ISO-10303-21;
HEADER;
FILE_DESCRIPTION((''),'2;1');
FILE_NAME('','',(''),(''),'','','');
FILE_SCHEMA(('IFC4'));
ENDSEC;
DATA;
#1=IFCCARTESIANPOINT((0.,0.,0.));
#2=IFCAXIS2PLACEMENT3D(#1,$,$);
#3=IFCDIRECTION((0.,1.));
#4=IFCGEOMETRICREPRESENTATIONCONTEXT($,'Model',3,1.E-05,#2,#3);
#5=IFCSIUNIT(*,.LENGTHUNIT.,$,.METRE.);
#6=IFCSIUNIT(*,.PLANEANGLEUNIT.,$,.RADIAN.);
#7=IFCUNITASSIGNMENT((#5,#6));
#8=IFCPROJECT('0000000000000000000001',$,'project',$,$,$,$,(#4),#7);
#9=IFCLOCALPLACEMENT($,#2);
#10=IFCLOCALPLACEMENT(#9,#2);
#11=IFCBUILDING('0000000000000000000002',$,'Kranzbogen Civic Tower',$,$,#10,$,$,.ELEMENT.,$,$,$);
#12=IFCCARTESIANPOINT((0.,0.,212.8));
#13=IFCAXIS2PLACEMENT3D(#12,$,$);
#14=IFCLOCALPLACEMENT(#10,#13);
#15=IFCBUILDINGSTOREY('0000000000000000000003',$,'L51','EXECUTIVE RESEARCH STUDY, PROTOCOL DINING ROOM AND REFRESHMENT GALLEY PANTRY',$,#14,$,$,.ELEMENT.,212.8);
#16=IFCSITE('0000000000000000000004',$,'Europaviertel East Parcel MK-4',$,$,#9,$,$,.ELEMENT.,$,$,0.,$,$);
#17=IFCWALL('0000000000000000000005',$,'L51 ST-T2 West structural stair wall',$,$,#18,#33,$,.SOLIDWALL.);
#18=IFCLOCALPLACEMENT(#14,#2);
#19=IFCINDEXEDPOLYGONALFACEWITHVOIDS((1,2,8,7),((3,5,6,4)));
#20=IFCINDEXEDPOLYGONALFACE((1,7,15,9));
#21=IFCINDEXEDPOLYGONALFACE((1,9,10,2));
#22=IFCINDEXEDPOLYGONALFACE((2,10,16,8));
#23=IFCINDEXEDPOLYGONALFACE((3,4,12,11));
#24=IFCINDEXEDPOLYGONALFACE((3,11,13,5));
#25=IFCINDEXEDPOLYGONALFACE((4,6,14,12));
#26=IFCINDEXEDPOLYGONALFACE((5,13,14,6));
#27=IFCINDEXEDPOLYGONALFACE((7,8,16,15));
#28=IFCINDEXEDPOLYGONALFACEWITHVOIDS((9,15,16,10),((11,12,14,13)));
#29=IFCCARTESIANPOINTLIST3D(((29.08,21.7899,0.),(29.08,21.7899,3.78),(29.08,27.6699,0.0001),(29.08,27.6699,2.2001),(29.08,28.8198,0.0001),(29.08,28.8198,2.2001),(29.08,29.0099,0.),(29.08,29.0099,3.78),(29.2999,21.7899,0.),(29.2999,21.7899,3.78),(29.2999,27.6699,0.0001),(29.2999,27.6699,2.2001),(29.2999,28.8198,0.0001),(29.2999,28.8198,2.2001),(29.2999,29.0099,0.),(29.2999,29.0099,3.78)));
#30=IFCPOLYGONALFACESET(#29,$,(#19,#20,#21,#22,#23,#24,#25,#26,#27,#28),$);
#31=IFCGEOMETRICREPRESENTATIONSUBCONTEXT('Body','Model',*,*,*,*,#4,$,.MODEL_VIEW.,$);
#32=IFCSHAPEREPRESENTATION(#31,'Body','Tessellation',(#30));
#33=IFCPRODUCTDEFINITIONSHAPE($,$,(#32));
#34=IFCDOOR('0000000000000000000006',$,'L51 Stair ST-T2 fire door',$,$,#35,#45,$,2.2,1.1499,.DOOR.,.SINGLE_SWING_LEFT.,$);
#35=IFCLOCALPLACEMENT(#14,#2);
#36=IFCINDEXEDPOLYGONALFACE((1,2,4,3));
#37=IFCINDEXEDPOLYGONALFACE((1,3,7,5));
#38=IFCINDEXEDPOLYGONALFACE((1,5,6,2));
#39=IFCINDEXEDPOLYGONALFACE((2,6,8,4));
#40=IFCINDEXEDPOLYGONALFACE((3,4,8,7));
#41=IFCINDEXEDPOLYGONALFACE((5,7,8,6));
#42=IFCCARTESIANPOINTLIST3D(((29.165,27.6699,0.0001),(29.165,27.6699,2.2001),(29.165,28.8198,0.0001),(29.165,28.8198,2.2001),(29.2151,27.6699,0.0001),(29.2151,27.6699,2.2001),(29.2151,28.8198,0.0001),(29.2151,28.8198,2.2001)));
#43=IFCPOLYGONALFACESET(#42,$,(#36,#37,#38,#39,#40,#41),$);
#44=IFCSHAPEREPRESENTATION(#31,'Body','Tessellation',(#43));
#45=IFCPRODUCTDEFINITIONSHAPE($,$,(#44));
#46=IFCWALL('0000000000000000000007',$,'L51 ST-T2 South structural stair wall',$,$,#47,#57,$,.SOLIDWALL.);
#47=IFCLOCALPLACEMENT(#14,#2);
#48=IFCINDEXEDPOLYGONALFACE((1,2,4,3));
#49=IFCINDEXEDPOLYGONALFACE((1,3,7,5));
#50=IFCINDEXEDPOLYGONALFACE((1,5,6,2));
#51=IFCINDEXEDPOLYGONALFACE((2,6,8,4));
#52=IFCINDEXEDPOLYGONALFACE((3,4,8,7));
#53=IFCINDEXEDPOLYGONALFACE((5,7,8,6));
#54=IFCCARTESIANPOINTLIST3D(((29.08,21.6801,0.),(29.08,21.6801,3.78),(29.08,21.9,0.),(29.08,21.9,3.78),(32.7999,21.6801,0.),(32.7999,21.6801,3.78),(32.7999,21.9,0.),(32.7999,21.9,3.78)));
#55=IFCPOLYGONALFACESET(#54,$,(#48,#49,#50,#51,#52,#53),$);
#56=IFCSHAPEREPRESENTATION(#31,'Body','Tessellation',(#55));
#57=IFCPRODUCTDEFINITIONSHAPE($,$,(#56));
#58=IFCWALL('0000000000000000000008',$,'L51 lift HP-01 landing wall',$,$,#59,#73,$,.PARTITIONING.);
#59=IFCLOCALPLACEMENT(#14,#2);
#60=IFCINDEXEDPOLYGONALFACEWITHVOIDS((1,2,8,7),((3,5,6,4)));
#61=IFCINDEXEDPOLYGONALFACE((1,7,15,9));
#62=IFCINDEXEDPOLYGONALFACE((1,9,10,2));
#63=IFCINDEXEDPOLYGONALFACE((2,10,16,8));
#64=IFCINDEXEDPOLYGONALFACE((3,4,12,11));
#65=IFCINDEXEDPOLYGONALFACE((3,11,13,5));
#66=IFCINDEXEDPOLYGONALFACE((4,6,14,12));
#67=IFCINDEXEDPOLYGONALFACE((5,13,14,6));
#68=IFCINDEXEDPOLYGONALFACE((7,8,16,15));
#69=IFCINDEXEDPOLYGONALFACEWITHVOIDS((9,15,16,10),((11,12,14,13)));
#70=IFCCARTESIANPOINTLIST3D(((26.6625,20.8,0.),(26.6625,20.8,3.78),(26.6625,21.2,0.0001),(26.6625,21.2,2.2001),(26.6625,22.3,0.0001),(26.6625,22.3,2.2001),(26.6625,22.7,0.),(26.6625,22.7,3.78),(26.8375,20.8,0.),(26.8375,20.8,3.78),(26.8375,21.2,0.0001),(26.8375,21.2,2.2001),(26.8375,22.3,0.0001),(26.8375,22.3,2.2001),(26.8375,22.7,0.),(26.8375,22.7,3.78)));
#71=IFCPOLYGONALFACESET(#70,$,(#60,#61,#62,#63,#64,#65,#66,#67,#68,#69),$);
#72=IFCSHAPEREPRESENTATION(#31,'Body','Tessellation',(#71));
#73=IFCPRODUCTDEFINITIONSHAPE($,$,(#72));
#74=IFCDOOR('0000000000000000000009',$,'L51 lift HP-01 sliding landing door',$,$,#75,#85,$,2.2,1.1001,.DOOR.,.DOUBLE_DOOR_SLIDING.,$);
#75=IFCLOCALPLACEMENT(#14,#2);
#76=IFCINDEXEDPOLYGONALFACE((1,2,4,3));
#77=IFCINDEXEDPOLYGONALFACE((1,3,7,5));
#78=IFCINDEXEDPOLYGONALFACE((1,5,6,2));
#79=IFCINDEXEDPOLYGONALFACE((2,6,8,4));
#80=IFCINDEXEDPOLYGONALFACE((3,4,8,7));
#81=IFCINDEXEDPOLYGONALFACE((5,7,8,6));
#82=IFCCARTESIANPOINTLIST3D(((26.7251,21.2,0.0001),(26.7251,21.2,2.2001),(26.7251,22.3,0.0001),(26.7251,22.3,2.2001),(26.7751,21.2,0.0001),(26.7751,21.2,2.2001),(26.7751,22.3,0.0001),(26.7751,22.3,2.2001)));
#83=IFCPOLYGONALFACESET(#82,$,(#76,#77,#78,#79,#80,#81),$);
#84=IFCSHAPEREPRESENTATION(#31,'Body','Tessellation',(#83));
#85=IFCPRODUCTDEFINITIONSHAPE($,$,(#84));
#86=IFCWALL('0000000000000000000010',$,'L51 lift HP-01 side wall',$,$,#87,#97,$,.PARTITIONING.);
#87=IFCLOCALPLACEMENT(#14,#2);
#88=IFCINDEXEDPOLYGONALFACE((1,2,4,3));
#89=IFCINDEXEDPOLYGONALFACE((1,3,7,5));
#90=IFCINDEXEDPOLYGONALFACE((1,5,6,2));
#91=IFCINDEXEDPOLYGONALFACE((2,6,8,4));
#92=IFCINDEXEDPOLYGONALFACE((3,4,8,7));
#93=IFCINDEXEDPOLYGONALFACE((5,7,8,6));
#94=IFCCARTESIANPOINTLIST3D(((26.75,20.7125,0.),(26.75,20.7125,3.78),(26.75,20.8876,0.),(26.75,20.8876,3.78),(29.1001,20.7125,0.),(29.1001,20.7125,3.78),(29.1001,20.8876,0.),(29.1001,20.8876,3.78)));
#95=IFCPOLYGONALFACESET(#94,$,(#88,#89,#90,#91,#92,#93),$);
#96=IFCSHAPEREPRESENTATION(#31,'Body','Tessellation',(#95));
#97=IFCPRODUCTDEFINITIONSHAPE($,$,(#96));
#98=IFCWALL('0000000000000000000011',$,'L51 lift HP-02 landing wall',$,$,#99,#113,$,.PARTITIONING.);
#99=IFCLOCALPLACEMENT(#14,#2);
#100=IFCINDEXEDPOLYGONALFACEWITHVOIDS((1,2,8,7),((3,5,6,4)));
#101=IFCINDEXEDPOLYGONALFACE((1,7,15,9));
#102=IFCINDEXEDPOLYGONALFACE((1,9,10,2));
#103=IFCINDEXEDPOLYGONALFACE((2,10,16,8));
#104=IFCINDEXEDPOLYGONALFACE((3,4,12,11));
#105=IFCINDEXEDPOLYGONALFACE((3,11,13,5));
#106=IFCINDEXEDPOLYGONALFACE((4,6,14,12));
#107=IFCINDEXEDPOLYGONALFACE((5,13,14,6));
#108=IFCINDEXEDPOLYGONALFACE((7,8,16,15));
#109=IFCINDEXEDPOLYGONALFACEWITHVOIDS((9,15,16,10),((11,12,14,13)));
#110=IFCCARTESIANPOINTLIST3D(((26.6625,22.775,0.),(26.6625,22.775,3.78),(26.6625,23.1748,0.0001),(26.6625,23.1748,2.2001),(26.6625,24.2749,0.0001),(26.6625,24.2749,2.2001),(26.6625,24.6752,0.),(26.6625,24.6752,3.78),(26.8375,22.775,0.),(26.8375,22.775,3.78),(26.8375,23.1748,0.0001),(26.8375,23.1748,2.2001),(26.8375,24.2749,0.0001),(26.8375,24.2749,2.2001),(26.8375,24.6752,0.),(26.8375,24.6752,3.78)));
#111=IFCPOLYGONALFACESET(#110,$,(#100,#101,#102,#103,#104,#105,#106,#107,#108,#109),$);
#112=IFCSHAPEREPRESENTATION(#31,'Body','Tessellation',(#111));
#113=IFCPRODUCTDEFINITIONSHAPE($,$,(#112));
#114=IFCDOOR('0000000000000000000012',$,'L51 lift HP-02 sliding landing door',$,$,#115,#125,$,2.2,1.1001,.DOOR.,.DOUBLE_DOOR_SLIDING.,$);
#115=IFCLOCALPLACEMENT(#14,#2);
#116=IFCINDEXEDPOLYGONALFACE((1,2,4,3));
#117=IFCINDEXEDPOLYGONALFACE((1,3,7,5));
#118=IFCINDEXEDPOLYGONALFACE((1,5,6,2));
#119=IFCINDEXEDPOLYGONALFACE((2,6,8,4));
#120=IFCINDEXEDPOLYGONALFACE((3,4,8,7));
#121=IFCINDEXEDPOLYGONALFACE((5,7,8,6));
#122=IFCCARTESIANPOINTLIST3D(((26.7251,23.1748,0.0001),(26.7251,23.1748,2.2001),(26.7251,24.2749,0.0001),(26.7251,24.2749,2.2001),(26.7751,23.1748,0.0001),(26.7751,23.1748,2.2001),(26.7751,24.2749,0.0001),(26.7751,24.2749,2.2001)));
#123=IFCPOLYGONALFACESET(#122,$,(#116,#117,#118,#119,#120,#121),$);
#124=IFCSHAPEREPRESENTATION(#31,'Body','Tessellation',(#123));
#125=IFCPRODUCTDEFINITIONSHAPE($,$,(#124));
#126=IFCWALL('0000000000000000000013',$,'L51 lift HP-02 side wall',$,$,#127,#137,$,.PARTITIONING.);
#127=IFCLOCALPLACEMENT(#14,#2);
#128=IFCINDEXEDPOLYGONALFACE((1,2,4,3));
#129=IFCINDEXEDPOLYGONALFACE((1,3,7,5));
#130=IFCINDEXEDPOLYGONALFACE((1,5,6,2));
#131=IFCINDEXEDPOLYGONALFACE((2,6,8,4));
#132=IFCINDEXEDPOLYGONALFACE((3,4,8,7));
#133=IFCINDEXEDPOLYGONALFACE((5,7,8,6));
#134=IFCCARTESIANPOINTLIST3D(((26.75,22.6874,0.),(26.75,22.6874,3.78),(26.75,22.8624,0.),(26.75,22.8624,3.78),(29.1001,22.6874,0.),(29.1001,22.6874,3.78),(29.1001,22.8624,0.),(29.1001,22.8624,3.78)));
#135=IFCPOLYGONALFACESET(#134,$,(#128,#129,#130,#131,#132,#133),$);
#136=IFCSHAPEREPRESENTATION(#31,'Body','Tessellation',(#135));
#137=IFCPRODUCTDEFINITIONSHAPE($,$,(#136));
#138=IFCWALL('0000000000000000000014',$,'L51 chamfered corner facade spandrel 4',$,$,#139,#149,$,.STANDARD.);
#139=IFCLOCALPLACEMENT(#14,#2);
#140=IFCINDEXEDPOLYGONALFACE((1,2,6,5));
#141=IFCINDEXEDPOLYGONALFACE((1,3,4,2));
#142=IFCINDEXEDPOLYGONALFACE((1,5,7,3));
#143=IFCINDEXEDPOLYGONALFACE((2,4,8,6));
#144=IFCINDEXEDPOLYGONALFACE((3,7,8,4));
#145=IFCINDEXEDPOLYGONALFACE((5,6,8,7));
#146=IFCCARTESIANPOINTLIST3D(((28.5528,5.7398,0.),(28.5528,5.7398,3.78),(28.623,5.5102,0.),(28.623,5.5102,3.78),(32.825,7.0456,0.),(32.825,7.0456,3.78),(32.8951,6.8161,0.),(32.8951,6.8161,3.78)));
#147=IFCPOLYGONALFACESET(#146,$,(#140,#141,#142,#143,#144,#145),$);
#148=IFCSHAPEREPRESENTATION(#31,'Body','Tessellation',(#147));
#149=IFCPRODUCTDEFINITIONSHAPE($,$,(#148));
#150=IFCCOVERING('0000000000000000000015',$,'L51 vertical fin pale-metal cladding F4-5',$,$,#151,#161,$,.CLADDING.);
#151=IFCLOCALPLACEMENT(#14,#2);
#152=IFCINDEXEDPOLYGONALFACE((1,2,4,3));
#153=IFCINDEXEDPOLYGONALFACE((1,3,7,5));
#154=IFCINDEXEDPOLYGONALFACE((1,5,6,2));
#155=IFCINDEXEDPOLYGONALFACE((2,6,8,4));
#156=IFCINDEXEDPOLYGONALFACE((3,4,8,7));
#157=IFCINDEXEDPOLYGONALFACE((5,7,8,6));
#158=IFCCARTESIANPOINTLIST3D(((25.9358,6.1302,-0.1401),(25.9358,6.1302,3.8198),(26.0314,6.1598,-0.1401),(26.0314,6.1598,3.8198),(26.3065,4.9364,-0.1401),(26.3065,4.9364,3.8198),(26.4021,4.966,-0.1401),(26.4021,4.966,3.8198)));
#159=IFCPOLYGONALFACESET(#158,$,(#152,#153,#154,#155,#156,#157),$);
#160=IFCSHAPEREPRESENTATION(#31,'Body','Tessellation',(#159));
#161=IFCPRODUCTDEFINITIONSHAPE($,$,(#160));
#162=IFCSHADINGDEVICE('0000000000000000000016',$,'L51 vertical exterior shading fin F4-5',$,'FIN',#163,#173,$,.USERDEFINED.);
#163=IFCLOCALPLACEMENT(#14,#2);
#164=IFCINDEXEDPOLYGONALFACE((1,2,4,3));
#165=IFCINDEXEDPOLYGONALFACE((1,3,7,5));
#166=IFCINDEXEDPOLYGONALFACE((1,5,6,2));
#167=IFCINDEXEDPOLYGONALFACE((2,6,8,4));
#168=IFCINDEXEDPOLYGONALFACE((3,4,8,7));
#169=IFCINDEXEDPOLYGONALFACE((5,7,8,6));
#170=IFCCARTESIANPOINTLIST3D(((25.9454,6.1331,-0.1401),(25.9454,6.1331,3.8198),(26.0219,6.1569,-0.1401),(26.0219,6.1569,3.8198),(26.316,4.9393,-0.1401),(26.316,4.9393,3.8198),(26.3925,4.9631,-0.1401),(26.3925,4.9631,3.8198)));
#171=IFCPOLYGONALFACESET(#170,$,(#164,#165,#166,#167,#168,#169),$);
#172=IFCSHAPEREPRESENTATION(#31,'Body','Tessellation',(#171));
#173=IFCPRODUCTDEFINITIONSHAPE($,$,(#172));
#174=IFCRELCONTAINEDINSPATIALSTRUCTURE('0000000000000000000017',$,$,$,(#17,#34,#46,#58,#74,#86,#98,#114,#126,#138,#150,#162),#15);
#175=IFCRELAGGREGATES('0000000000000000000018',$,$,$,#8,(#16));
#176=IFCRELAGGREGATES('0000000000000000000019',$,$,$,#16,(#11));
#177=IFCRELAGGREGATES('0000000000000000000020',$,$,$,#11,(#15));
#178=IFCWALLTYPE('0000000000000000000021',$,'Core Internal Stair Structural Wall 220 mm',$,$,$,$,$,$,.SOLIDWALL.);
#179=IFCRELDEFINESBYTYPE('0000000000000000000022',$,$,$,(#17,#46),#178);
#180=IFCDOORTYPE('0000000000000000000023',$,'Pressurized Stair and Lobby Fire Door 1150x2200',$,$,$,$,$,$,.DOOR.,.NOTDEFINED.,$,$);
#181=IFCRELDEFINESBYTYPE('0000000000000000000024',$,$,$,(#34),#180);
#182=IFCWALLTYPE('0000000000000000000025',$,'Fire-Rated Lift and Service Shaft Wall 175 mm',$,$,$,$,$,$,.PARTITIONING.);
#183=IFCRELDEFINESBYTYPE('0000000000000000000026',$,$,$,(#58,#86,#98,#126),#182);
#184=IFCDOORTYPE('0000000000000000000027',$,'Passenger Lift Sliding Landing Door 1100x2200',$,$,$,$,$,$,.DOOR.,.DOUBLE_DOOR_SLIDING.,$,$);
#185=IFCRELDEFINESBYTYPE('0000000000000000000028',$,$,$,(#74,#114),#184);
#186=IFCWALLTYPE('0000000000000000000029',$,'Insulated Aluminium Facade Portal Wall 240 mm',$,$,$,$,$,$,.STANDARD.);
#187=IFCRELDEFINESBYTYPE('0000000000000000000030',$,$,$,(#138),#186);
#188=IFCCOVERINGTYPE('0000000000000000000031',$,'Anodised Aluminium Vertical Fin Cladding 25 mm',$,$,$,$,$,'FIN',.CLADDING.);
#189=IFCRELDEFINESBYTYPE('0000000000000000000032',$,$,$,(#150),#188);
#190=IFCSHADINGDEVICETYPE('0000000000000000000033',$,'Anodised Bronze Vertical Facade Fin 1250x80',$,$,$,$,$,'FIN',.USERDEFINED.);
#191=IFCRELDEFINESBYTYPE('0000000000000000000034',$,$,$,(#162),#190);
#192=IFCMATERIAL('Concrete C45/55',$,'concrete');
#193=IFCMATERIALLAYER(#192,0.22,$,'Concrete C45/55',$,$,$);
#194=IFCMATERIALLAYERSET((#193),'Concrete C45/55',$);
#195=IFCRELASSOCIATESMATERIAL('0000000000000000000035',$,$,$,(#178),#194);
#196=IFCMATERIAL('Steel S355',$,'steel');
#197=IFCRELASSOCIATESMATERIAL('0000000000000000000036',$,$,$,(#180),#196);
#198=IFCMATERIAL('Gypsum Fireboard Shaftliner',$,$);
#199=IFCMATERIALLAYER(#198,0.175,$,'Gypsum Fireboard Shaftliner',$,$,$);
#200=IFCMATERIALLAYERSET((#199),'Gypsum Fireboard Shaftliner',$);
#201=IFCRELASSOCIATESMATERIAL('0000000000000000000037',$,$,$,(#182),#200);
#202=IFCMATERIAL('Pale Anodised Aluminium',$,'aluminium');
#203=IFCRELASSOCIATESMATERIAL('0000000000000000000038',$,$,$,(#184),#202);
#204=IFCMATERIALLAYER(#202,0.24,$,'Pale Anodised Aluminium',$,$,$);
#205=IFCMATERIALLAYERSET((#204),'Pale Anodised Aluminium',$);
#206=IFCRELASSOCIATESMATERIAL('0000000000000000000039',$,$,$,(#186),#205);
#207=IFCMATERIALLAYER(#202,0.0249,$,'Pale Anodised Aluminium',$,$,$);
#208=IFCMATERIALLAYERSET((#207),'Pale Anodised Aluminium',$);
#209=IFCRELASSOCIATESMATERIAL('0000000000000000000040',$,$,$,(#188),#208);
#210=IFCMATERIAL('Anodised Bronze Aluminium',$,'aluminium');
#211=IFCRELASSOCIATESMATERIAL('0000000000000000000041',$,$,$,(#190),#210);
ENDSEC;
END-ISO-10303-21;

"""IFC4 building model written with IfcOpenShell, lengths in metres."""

from ifc_helpers import new_model, si_unit, direction, frame, frame_2d, origin, origin_2d, place, context, subcontext, project, spatial, rectangle, extrude, material, layer, layer_set, type_object, element, fill, save


model = new_model("IFC4")

# Units and contexts
model_context = context("Model", 3, precision=1e-05, world=origin(), true_north=direction((0.0, 1.0)))
body_context = subcontext(model_context, "Body", "Model", "MODEL_VIEW")
ifc_project = project(units=[si_unit("LENGTHUNIT", "METRE"), si_unit("PLANEANGLEUNIT", "RADIAN")], contexts=[model_context])

# Site, building, storey
site_placement = place(None, origin())
site = spatial("IfcSite", under=ifc_project, at=site_placement, Name="Europaviertel East Parcel MK-4", CompositionType="ELEMENT", RefElevation=0.0)
building_placement = place(site_placement, origin())
building = spatial("IfcBuilding", under=site, at=building_placement, Name="Kranzbogen Civic Tower", CompositionType="ELEMENT")
storey_placement = place(building_placement, frame((0.0, 0.0, 212.8)))
storey = spatial("IfcBuildingStorey", under=building, at=storey_placement, Name="L51", Description="EXECUTIVE RESEARCH STUDY, PROTOCOL DINING ROOM AND REFRESHMENT GALLEY PANTRY", CompositionType="ELEMENT", Elevation=212.8)

# Shared definitions
ifc_material_1 = material(Name="Steel S355", Category="steel")

# Shared definitions
ifc_material_2 = material(Name="Pale Anodised Aluminium", Category="aluminium")

# Shared definitions
ifc_material_3 = material(Name="Concrete C45/55", Category="concrete")

# Wall, opening, door
ifc_layer_1 = layer(ifc_material_3, 0.22, Name="Concrete C45/55")
ifc_layer_set_1 = layer_set([ifc_layer_1], Name="Concrete C45/55")
wall_type_1 = type_object("IfcWallType", Name="Core Internal Stair Structural Wall 220 mm", PredefinedType="SOLIDWALL", material=ifc_layer_set_1)
wall_1_placement = place(storey_placement, frame((29.1899, 21.79, 0.0), z_axis=(0.0, 0.0, 1.0), x_axis=(0.0, 1.0, 0.0)))
wall_1 = element("IfcWall", 1, at=wall_1_placement, inside=storey, type_object=wall_type_1, Name="L51 ST-T2 West structural stair wall", PredefinedType="SOLIDWALL", context=body_context, shape_type="SweptSolid", body=[
    extrude(rectangle(XDim=7.22, YDim=0.22, at=frame_2d((3.6099, 0.0))), origin(), (0.0, 0.0, 1.0), 3.78),
])
opening_1_placement = place(wall_1_placement, frame((5.8799, 0.0, 0.0)))
opening_1 = element("IfcOpeningElement", 2, at=opening_1_placement, cuts=wall_1, PredefinedType="OPENING", context=body_context, shape_type="SweptSolid", body=[
    extrude(rectangle(XDim=1.1499, YDim=2.2, at=frame_2d((0.575, 1.1001))), frame((0.0, 0.1201, 0.0), z_axis=(0.0, -1.0, 0.0), x_axis=(1.0, 0.0, 0.0)), (0.0, 0.0, 1.0), 0.24),
])
door_type_1 = type_object("IfcDoorType", Name="Pressurized Stair and Lobby Fire Door 1150x2200", OperationType="NOTDEFINED", PredefinedType="DOOR", material=ifc_material_1)
door_1_placement = place(opening_1_placement, origin())
door_1 = element("IfcDoor", 3, at=door_1_placement, inside=storey, type_object=door_type_1, Name="L51 Stair ST-T2 fire door", OperationType="SINGLE_SWING_LEFT", OverallHeight=2.2, OverallWidth=1.1499, PredefinedType="DOOR", context=body_context, shape_type="SweptSolid", body=[
    extrude(rectangle(XDim=1.1499, YDim=2.2, at=frame_2d((0.575, 1.1001))), frame((0.0, 0.0249, 0.0), z_axis=(0.0, -1.0, 0.0), x_axis=(1.0, 0.0, 0.0)), (0.0, 0.0, 1.0), 0.05),
])
fill(opening_1, door_1)

# Wall
wall_2_placement = place(storey_placement, frame((29.0801, 21.79, 0.0), z_axis=(0.0, 0.0, 1.0), x_axis=(1.0, 0.0, 0.0)))
element("IfcWall", 4, at=wall_2_placement, inside=storey, type_object=wall_type_1, Name="L51 ST-T2 South structural stair wall", PredefinedType="SOLIDWALL", context=body_context, shape_type="SweptSolid", body=[
    extrude(rectangle(XDim=3.72, YDim=0.22, at=frame_2d((1.8599, 0.0))), origin(), (0.0, 0.0, 1.0), 3.78),
])

# Wall, opening, door
ifc_material_4 = material(Name="Gypsum Fireboard Shaftliner")
ifc_layer_2 = layer(ifc_material_4, 0.175, Name="Gypsum Fireboard Shaftliner")
ifc_layer_set_2 = layer_set([ifc_layer_2], Name="Gypsum Fireboard Shaftliner")
wall_type_2 = type_object("IfcWallType", Name="Fire-Rated Lift and Service Shaft Wall 175 mm", PredefinedType="PARTITIONING", material=ifc_layer_set_2)
wall_3_placement = place(storey_placement, frame((26.75, 20.8, 0.0), z_axis=(0.0, 0.0, 1.0), x_axis=(0.0, 1.0, 0.0)))
wall_3 = element("IfcWall", 5, at=wall_3_placement, inside=storey, type_object=wall_type_2, Name="L51 lift HP-01 landing wall", PredefinedType="PARTITIONING", context=body_context, shape_type="SweptSolid", body=[
    extrude(rectangle(XDim=1.8999, YDim=0.175, at=frame_2d((0.95, 0.0))), origin(), (0.0, 0.0, 1.0), 3.78),
])
opening_2_placement = place(wall_3_placement, frame((0.3999, 0.0, 0.0)))
opening_2 = element("IfcOpeningElement", 6, at=opening_2_placement, cuts=wall_3, PredefinedType="OPENING", context=body_context, shape_type="SweptSolid", body=[
    extrude(rectangle(XDim=1.1001, YDim=2.2, at=frame_2d((0.55, 1.1001))), frame((0.0, 0.0977, 0.0), z_axis=(0.0, -1.0, 0.0), x_axis=(1.0, 0.0, 0.0)), (0.0, 0.0, 1.0), 0.1951),
])
door_type_2 = type_object("IfcDoorType", Name="Passenger Lift Sliding Landing Door 1100x2200", OperationType="DOUBLE_DOOR_SLIDING", PredefinedType="DOOR", material=ifc_material_2)
door_2_placement = place(opening_2_placement, origin())
door_2 = element("IfcDoor", 7, at=door_2_placement, inside=storey, type_object=door_type_2, Name="L51 lift HP-01 sliding landing door", OperationType="DOUBLE_DOOR_SLIDING", OverallHeight=2.2, OverallWidth=1.1001, PredefinedType="DOOR", context=body_context, shape_type="SweptSolid", body=[
    extrude(rectangle(XDim=1.1001, YDim=2.2, at=frame_2d((0.55, 1.1001))), frame((0.0, 0.0249, 0.0), z_axis=(0.0, -1.0, 0.0), x_axis=(1.0, 0.0, 0.0)), (0.0, 0.0, 1.0), 0.05),
])
fill(opening_2, door_2)

# Wall
wall_4_placement = place(storey_placement, frame((26.75, 20.8, 0.0), z_axis=(0.0, 0.0, 1.0), x_axis=(1.0, 0.0, 0.0)))
element("IfcWall", 8, at=wall_4_placement, inside=storey, type_object=wall_type_2, Name="L51 lift HP-01 side wall", PredefinedType="PARTITIONING", context=body_context, shape_type="SweptSolid", body=[
    extrude(rectangle(XDim=2.3501, YDim=0.175, at=frame_2d((1.175, 0.0))), origin(), (0.0, 0.0, 1.0), 3.78),
])

# Wall, opening, door
wall_5_placement = place(storey_placement, frame((26.75, 22.7749, 0.0), z_axis=(0.0, 0.0, 1.0), x_axis=(0.0, 1.0, 0.0)))
wall_5 = element("IfcWall", 9, at=wall_5_placement, inside=storey, type_object=wall_type_2, Name="L51 lift HP-02 landing wall", PredefinedType="PARTITIONING", context=body_context, shape_type="SweptSolid", body=[
    extrude(rectangle(XDim=1.9001, YDim=0.175, at=frame_2d((0.9502, 0.0))), origin(), (0.0, 0.0, 1.0), 3.78),
])
opening_3_placement = place(wall_5_placement, frame((0.3999, 0.0, 0.0)))
opening_3 = element("IfcOpeningElement", 10, at=opening_3_placement, cuts=wall_5, PredefinedType="OPENING", context=body_context, shape_type="SweptSolid", body=[
    extrude(rectangle(XDim=1.1001, YDim=2.2, at=frame_2d((0.55, 1.1001))), frame((0.0, 0.0977, 0.0), z_axis=(0.0, -1.0, 0.0), x_axis=(1.0, 0.0, 0.0)), (0.0, 0.0, 1.0), 0.1951),
])
door_3_placement = place(opening_3_placement, origin())
door_3 = element("IfcDoor", 11, at=door_3_placement, inside=storey, type_object=door_type_2, Name="L51 lift HP-02 sliding landing door", OperationType="DOUBLE_DOOR_SLIDING", OverallHeight=2.2, OverallWidth=1.1001, PredefinedType="DOOR", context=body_context, shape_type="SweptSolid", body=[
    extrude(rectangle(XDim=1.1001, YDim=2.2, at=frame_2d((0.55, 1.1001))), frame((0.0, 0.0249, 0.0), z_axis=(0.0, -1.0, 0.0), x_axis=(1.0, 0.0, 0.0)), (0.0, 0.0, 1.0), 0.05),
])
fill(opening_3, door_3)

# Walls
wall_6_placement = place(storey_placement, frame((26.75, 22.7749, 0.0), z_axis=(0.0, 0.0, 1.0), x_axis=(1.0, 0.0, 0.0)))
element("IfcWall", 12, at=wall_6_placement, inside=storey, type_object=wall_type_2, Name="L51 lift HP-02 side wall", PredefinedType="PARTITIONING", context=body_context, shape_type="SweptSolid", body=[
    extrude(rectangle(XDim=2.3501, YDim=0.175, at=frame_2d((1.175, 0.0))), origin(), (0.0, 0.0, 1.0), 3.78),
])
ifc_layer_3 = layer(ifc_material_2, 0.24, Name="Pale Anodised Aluminium")
ifc_layer_set_3 = layer_set([ifc_layer_3], Name="Pale Anodised Aluminium")
wall_type_3 = type_object("IfcWallType", Name="Insulated Aluminium Facade Portal Wall 240 mm", PredefinedType="STANDARD", material=ifc_layer_set_3)
wall_7_placement = place(storey_placement, frame((28.5879, 5.625, 0.0), z_axis=(0.0, 0.0, 1.0), x_axis=(0.95632, 0.292323, 0.0)))
element("IfcWall", 13, at=wall_7_placement, inside=storey, type_object=wall_type_3, Name="L51 chamfered corner facade spandrel 4", PredefinedType="STANDARD", context=body_context, shape_type="SweptSolid", body=[
    extrude(rectangle(XDim=4.4673, YDim=0.24, at=frame_2d((2.2336, 0.0))), origin(), (0.0, 0.0, 1.0), 3.78),
])

# Covering
ifc_layer_4 = layer(ifc_material_2, 0.0249, Name="Pale Anodised Aluminium")
ifc_layer_set_4 = layer_set([ifc_layer_4], Name="Pale Anodised Aluminium")
covering_type = type_object("IfcCoveringType", Name="Anodised Aluminium Vertical Fin Cladding 25 mm", ElementType="FIN", PredefinedType="CLADDING", material=ifc_layer_set_4)
covering_placement = place(storey_placement, frame((26.1689, 5.5481, -0.1401), z_axis=(0.0, 0.0, 1.0), x_axis=(0.296492, -0.955035, 0.0)))
element("IfcCovering", 14, at=covering_placement, inside=storey, type_object=covering_type, Name="L51 vertical fin pale-metal cladding F4-5", PredefinedType="CLADDING", context=body_context, shape_type="SweptSolid", body=[
    extrude(rectangle(XDim=1.25, YDim=0.1001, at=origin_2d()), origin(), (0.0, 0.0, 1.0), 3.96),
])

# Shading device
ifc_material_5 = material(Name="Anodised Bronze Aluminium", Category="aluminium")
shading_device_type = type_object("IfcShadingDeviceType", Name="Anodised Bronze Vertical Facade Fin 1250x80", ElementType="FIN", PredefinedType="USERDEFINED", material=ifc_material_5)
shading_device_placement = place(storey_placement, frame((26.1689, 5.5481, -0.1401), z_axis=(0.0, 0.0, 1.0), x_axis=(0.296492, -0.955035, 0.0)))
element("IfcShadingDevice", 15, at=shading_device_placement, inside=storey, type_object=shading_device_type, Name="L51 vertical exterior shading fin F4-5", ObjectType="FIN", PredefinedType="USERDEFINED", context=body_context, shape_type="SweptSolid", body=[
    extrude(rectangle(XDim=1.25, YDim=0.0801, at=origin_2d()), origin(), (0.0, 0.0, 1.0), 3.96),
])

save(model, "model.ifc")
